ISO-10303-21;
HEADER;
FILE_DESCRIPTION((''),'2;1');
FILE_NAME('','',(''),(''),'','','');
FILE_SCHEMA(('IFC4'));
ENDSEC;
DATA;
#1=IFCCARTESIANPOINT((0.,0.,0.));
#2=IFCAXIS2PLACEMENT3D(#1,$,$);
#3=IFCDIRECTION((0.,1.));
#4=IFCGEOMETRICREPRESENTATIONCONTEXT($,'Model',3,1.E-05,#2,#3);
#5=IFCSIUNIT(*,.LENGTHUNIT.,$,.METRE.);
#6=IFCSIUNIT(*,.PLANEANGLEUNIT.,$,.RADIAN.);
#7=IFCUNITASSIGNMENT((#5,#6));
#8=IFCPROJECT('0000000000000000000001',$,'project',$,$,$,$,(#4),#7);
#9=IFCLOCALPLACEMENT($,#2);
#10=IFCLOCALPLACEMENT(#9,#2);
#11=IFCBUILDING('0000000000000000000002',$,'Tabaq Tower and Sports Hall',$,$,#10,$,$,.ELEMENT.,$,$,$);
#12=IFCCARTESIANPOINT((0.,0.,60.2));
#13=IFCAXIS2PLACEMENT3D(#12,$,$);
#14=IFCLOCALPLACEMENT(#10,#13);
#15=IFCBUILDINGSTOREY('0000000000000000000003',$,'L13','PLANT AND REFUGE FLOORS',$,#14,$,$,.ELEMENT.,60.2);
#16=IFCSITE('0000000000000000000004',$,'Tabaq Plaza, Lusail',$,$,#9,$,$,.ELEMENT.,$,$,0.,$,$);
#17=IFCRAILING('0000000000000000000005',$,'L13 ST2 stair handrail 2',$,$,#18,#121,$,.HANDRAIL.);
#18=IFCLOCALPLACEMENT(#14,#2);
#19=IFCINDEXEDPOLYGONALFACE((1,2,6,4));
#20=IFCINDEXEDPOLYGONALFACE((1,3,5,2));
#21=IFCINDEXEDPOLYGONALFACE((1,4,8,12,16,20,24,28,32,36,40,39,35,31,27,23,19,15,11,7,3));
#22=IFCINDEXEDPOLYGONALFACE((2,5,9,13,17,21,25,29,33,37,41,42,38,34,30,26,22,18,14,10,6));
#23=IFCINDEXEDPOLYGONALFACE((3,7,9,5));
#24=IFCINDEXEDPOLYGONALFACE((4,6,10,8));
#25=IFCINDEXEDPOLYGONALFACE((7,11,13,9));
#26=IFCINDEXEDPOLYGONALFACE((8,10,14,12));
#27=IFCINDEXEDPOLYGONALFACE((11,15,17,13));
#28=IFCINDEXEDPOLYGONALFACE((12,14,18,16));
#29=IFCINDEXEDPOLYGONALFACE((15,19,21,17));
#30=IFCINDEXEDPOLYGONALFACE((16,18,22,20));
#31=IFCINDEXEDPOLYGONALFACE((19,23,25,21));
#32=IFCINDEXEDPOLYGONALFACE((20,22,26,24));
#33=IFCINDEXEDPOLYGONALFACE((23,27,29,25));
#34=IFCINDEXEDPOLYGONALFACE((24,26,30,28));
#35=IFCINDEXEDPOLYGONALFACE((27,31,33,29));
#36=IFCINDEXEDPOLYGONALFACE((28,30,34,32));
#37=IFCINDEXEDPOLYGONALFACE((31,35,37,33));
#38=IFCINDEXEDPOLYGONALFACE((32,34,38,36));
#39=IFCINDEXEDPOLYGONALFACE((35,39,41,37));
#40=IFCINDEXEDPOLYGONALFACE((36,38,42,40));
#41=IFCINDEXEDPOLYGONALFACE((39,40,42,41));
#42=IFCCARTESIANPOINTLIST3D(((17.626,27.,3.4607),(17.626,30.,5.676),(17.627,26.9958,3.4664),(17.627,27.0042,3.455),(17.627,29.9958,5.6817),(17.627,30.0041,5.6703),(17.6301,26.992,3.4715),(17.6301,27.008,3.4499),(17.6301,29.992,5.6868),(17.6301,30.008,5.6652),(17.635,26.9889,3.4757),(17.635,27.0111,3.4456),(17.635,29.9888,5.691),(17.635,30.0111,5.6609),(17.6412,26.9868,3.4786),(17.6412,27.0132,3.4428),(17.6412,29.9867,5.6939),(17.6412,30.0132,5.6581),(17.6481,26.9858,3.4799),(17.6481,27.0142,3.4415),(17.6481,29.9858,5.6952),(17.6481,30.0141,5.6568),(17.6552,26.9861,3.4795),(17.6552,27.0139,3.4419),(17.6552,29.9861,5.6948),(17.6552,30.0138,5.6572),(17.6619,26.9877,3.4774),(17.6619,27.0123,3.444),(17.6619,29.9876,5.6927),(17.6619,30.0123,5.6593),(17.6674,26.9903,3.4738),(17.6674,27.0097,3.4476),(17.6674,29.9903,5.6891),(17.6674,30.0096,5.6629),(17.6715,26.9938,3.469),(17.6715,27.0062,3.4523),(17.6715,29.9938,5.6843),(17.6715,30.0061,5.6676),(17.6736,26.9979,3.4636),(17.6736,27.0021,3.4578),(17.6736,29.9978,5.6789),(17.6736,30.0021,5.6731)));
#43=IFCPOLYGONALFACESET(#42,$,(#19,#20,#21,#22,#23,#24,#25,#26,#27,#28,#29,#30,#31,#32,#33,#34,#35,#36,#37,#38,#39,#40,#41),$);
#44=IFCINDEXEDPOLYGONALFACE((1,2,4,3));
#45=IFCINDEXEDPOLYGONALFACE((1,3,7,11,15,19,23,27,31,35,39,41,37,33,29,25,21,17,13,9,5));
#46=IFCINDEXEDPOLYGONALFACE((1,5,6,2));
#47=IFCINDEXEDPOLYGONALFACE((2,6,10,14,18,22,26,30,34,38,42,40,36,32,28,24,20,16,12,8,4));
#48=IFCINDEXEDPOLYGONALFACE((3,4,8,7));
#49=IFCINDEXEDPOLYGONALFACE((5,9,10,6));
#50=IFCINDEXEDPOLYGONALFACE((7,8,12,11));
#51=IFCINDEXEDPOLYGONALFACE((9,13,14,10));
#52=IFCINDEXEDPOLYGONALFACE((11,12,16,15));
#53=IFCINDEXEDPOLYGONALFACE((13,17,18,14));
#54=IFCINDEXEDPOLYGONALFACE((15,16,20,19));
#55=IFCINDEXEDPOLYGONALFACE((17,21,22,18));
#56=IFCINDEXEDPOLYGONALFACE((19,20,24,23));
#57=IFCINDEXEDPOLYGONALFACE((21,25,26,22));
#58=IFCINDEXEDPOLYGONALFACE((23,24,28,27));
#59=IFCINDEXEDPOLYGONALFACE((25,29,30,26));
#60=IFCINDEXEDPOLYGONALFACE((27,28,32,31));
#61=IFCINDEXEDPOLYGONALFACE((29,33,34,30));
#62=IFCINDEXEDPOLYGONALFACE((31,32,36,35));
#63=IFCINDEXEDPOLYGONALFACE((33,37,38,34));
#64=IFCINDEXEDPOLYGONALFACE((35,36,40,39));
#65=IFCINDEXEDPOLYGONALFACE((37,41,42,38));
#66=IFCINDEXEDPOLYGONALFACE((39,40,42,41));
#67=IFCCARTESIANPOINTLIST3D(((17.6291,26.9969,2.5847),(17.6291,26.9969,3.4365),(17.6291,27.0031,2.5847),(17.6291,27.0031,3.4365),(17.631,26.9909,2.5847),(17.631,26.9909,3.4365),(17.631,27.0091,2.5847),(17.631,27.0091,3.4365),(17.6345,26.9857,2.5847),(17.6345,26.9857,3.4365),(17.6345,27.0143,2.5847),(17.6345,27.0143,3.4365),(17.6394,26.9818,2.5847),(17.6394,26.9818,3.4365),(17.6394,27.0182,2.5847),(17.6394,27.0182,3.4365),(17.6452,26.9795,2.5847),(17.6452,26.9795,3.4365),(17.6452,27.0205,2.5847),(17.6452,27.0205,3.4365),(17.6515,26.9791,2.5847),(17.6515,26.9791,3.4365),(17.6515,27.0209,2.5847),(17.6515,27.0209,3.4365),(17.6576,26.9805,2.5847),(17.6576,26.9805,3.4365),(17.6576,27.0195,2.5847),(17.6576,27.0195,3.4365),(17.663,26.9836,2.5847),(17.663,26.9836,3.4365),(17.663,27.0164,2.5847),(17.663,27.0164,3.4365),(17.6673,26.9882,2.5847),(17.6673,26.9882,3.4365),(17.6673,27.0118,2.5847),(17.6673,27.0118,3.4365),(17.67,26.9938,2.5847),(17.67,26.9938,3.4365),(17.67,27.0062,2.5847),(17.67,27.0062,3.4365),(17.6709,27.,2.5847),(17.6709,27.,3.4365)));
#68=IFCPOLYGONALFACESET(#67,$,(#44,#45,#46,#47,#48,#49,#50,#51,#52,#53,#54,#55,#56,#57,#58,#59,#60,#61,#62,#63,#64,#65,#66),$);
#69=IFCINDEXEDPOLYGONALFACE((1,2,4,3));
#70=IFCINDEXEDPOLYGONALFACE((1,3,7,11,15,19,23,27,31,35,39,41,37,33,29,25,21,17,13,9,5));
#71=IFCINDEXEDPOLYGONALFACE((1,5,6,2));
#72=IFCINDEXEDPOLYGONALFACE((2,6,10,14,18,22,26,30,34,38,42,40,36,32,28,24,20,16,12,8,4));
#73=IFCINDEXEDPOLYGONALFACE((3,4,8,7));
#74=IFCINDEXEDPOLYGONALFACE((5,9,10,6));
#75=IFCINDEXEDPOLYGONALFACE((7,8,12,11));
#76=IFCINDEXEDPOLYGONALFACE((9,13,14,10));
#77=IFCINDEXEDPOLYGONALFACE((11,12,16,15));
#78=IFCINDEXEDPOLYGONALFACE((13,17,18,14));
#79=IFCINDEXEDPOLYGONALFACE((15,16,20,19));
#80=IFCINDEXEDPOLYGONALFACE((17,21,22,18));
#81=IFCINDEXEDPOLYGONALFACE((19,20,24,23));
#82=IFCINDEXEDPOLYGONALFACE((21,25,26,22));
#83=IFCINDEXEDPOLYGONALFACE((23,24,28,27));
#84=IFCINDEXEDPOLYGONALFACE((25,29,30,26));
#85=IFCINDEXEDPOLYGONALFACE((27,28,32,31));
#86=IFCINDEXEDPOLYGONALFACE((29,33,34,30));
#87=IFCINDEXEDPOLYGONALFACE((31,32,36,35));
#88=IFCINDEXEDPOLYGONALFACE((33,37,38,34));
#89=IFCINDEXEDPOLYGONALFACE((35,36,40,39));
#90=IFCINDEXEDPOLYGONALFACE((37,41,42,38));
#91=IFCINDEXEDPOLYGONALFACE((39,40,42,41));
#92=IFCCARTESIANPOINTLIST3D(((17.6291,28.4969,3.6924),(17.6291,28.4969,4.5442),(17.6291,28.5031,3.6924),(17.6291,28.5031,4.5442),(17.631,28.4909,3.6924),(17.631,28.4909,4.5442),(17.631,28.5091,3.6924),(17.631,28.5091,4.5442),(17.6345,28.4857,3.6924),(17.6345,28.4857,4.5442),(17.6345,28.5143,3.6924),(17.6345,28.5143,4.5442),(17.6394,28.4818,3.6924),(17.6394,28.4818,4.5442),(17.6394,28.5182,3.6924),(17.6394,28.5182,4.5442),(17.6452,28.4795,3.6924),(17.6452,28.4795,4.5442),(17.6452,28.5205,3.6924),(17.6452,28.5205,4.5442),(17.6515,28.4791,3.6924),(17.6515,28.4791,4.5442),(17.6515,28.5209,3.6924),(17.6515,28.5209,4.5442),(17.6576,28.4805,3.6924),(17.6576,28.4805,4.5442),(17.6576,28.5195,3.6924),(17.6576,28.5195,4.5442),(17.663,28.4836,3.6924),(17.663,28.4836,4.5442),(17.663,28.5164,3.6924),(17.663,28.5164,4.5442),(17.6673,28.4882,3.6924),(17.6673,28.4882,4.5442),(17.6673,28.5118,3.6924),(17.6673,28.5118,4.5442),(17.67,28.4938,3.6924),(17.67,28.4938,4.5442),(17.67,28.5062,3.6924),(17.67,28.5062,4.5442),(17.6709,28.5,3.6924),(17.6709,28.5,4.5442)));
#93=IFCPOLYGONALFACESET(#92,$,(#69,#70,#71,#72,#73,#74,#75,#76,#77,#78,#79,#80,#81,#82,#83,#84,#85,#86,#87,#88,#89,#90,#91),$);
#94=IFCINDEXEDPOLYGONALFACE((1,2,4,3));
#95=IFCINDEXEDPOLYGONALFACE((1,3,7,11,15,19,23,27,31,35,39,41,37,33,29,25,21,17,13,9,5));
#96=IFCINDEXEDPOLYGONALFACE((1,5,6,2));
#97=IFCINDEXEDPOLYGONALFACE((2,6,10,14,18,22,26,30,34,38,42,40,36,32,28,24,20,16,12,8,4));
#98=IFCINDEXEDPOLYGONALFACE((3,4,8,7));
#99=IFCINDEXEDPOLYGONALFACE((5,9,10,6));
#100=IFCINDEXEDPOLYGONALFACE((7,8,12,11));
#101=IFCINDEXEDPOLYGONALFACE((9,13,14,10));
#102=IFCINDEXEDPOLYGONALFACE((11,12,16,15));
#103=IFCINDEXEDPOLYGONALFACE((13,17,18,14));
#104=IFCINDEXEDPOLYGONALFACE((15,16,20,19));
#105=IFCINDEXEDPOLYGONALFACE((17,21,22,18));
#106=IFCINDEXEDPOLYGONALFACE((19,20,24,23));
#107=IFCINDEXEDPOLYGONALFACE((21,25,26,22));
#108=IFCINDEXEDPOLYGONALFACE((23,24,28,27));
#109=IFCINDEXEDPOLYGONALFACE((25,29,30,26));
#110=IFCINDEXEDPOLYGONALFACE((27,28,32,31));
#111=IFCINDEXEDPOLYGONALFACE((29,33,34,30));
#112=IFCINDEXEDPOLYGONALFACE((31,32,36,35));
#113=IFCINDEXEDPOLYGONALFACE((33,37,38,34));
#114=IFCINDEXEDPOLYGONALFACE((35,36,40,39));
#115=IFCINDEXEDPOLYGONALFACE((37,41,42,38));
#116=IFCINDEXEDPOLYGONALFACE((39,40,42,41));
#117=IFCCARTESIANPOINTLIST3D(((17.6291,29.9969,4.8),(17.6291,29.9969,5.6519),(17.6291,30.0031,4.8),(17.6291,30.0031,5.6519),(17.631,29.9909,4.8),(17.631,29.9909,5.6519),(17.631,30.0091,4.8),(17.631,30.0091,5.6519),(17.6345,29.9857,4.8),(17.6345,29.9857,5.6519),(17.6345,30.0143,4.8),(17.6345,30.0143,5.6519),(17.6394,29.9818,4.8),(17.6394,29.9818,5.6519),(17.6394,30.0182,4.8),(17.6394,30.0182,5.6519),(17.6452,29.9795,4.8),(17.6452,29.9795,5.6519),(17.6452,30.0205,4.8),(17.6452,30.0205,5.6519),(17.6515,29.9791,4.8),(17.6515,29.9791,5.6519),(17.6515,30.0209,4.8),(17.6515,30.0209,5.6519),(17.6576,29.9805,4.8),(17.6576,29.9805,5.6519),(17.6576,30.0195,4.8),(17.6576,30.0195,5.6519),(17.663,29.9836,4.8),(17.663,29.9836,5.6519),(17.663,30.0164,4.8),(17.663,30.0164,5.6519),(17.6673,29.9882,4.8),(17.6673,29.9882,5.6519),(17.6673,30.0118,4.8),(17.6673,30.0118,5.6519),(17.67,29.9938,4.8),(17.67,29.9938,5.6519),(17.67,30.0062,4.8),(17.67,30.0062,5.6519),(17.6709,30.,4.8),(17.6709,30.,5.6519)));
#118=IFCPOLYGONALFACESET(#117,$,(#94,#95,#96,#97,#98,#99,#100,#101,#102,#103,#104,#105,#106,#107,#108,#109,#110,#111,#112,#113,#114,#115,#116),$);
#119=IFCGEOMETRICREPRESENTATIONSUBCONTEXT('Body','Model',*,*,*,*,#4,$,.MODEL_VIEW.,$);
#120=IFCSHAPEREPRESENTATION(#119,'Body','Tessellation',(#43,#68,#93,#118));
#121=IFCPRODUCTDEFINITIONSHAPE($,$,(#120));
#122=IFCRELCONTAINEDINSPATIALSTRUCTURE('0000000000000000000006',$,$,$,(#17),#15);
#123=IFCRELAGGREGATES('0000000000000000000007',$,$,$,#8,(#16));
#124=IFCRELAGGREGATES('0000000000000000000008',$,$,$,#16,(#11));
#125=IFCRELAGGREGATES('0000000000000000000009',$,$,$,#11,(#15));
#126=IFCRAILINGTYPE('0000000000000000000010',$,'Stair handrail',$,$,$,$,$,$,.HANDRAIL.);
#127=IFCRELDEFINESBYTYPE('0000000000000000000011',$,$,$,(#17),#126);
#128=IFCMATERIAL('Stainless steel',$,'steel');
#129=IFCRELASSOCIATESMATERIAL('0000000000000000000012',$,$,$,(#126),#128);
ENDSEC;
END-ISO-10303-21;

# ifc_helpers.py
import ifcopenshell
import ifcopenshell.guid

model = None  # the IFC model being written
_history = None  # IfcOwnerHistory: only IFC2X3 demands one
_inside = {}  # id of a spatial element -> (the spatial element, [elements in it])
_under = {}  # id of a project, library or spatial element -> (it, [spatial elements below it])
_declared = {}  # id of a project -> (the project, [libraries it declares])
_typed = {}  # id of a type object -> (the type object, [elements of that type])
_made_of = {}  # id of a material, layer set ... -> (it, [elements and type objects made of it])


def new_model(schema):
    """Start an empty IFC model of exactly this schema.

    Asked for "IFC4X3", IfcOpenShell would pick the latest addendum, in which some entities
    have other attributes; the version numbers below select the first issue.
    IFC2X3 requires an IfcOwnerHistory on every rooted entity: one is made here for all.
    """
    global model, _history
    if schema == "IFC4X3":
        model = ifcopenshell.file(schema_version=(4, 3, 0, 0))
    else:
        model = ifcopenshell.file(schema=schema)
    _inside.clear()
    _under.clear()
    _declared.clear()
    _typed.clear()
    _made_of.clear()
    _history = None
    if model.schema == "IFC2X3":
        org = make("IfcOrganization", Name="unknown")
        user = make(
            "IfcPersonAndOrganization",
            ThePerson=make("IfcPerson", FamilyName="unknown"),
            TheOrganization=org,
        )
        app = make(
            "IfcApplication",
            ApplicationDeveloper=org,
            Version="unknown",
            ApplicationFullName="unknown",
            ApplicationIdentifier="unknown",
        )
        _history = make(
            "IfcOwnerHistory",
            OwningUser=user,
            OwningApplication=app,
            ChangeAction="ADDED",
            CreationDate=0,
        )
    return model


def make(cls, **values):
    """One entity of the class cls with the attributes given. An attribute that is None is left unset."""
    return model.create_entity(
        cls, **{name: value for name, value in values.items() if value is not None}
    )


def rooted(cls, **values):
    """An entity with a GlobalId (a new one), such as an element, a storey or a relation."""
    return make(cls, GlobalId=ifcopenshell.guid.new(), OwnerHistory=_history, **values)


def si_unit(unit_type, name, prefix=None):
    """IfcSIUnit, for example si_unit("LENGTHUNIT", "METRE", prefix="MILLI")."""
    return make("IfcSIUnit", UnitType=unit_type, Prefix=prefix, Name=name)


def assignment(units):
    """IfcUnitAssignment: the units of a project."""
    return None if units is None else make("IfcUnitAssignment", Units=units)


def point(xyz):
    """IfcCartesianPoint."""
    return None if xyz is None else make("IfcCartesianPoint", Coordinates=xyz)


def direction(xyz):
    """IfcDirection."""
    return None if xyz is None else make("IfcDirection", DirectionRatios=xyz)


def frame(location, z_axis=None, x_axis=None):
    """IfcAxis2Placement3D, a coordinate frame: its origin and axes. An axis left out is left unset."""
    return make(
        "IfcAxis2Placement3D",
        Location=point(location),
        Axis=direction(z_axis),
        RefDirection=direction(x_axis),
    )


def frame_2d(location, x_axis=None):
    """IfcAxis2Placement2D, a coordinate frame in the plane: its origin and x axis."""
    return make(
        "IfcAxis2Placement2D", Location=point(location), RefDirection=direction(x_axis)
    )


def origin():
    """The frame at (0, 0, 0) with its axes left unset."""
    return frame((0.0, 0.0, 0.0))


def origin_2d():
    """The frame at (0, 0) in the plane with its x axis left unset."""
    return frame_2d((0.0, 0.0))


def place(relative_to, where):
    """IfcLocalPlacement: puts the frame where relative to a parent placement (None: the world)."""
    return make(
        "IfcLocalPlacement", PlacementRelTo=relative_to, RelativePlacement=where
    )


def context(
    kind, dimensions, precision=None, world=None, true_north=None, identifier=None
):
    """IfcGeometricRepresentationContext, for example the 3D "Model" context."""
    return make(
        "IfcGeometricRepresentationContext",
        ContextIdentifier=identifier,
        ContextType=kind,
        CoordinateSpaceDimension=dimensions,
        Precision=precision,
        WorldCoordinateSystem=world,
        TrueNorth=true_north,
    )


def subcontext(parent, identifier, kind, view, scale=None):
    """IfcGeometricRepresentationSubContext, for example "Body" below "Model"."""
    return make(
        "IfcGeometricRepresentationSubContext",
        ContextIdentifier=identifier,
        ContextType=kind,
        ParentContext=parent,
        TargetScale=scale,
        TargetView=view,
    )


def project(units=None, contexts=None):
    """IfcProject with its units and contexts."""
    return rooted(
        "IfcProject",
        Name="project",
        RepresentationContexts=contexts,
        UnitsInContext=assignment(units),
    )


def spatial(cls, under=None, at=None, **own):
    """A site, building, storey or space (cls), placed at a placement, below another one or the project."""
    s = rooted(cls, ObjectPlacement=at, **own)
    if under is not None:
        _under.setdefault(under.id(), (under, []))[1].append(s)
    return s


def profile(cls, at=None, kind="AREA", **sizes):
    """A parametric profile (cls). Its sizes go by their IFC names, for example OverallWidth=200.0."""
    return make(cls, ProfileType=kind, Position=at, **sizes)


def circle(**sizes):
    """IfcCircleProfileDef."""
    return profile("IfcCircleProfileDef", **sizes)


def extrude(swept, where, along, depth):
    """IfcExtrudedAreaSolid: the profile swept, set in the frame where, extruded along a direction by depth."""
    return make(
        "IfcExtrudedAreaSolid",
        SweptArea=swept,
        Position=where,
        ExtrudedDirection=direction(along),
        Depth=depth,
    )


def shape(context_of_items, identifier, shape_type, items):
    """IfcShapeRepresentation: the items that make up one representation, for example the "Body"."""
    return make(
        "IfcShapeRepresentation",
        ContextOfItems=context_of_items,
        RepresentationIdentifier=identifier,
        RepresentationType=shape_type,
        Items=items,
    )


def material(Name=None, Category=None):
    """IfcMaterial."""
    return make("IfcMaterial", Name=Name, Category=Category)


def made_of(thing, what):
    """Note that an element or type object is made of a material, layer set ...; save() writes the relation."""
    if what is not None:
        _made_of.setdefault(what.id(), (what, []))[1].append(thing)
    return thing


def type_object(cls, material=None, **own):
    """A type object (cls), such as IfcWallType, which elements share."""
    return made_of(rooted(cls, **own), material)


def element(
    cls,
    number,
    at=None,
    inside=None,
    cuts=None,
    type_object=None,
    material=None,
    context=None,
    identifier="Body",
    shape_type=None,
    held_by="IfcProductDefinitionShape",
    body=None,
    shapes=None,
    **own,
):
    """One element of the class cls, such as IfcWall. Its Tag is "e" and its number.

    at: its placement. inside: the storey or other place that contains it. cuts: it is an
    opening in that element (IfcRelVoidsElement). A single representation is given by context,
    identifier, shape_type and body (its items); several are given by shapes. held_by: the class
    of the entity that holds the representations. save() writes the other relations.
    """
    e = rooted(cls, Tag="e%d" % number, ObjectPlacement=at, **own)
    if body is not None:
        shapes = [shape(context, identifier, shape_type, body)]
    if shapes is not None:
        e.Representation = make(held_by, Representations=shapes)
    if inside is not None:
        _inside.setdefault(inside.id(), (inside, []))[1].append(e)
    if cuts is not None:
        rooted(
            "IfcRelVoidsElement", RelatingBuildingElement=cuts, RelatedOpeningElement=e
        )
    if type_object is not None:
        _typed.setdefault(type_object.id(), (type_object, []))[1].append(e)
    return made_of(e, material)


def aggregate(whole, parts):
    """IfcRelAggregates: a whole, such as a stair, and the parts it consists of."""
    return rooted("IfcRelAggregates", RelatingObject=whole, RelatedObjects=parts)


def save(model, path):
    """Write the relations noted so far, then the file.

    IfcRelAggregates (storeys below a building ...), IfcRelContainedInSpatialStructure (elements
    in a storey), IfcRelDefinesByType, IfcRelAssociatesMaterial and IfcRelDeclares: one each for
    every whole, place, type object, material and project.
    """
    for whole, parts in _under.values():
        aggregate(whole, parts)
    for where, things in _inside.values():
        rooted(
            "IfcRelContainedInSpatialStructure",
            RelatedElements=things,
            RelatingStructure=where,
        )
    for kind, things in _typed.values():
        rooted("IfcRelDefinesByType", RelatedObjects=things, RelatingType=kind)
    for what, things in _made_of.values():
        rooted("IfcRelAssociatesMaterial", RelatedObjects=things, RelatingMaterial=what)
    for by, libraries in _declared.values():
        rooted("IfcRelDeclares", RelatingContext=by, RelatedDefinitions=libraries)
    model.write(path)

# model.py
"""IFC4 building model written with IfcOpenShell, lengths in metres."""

from ifc_helpers import new_model, si_unit, direction, frame, origin, origin_2d, place, context, subcontext, project, spatial, circle, extrude, material, type_object, element, save


model = new_model("IFC4")

# Units and contexts
model_context = context("Model", 3, precision=1e-05, world=origin(), true_north=direction((0.0, 1.0)))
body_context = subcontext(model_context, "Body", "Model", "MODEL_VIEW")
ifc_project = project(units=[si_unit("LENGTHUNIT", "METRE"), si_unit("PLANEANGLEUNIT", "RADIAN")], contexts=[model_context])

# Site, building, storey
site_placement = place(None, origin())
site = spatial("IfcSite", under=ifc_project, at=site_placement, Name="Tabaq Plaza, Lusail", CompositionType="ELEMENT", RefElevation=0.0)
building_placement = place(site_placement, origin())
building = spatial("IfcBuilding", under=site, at=building_placement, Name="Tabaq Tower and Sports Hall", CompositionType="ELEMENT")
storey_placement = place(building_placement, frame((0.0, 0.0, 60.2)))
storey = spatial("IfcBuildingStorey", under=building, at=storey_placement, Name="L13", Description="PLANT AND REFUGE FLOORS", CompositionType="ELEMENT", Elevation=60.2)

# Railing
ifc_material_1 = material(Name="Stainless steel", Category="steel")
railing_type_1 = type_object("IfcRailingType", Name="Stair handrail", PredefinedType="HANDRAIL", material=ifc_material_1)
railing_1_placement = place(storey_placement, frame((17.6499, 27.0, 2.5847)))
element("IfcRailing", 1, at=railing_1_placement, inside=storey, type_object=railing_type_1, Name="L13 ST2 stair handrail 2", PredefinedType="HANDRAIL", context=body_context, shape_type="SweptSolid", body=[
    extrude(circle(Radius=0.0239, at=origin_2d()), frame((0.0, 0.0, 0.876), z_axis=(0.0, 0.80444, 0.594034), x_axis=(-1.0, 0.0, 0.0)), (0.0, 0.0, 1.0), 3.7292),
    extrude(circle(Radius=0.021, at=origin_2d()), origin(), (0.0, 0.0, 1.0), 0.8518),
    extrude(circle(Radius=0.021, at=origin_2d()), frame((0.0, 1.5, 1.1077)), (0.0, 0.0, 1.0), 0.8518),
    extrude(circle(Radius=0.021, at=origin_2d()), frame((0.0, 3.0, 2.2153)), (0.0, 0.0, 1.0), 0.8518),
])

save(model, "model.ifc")
